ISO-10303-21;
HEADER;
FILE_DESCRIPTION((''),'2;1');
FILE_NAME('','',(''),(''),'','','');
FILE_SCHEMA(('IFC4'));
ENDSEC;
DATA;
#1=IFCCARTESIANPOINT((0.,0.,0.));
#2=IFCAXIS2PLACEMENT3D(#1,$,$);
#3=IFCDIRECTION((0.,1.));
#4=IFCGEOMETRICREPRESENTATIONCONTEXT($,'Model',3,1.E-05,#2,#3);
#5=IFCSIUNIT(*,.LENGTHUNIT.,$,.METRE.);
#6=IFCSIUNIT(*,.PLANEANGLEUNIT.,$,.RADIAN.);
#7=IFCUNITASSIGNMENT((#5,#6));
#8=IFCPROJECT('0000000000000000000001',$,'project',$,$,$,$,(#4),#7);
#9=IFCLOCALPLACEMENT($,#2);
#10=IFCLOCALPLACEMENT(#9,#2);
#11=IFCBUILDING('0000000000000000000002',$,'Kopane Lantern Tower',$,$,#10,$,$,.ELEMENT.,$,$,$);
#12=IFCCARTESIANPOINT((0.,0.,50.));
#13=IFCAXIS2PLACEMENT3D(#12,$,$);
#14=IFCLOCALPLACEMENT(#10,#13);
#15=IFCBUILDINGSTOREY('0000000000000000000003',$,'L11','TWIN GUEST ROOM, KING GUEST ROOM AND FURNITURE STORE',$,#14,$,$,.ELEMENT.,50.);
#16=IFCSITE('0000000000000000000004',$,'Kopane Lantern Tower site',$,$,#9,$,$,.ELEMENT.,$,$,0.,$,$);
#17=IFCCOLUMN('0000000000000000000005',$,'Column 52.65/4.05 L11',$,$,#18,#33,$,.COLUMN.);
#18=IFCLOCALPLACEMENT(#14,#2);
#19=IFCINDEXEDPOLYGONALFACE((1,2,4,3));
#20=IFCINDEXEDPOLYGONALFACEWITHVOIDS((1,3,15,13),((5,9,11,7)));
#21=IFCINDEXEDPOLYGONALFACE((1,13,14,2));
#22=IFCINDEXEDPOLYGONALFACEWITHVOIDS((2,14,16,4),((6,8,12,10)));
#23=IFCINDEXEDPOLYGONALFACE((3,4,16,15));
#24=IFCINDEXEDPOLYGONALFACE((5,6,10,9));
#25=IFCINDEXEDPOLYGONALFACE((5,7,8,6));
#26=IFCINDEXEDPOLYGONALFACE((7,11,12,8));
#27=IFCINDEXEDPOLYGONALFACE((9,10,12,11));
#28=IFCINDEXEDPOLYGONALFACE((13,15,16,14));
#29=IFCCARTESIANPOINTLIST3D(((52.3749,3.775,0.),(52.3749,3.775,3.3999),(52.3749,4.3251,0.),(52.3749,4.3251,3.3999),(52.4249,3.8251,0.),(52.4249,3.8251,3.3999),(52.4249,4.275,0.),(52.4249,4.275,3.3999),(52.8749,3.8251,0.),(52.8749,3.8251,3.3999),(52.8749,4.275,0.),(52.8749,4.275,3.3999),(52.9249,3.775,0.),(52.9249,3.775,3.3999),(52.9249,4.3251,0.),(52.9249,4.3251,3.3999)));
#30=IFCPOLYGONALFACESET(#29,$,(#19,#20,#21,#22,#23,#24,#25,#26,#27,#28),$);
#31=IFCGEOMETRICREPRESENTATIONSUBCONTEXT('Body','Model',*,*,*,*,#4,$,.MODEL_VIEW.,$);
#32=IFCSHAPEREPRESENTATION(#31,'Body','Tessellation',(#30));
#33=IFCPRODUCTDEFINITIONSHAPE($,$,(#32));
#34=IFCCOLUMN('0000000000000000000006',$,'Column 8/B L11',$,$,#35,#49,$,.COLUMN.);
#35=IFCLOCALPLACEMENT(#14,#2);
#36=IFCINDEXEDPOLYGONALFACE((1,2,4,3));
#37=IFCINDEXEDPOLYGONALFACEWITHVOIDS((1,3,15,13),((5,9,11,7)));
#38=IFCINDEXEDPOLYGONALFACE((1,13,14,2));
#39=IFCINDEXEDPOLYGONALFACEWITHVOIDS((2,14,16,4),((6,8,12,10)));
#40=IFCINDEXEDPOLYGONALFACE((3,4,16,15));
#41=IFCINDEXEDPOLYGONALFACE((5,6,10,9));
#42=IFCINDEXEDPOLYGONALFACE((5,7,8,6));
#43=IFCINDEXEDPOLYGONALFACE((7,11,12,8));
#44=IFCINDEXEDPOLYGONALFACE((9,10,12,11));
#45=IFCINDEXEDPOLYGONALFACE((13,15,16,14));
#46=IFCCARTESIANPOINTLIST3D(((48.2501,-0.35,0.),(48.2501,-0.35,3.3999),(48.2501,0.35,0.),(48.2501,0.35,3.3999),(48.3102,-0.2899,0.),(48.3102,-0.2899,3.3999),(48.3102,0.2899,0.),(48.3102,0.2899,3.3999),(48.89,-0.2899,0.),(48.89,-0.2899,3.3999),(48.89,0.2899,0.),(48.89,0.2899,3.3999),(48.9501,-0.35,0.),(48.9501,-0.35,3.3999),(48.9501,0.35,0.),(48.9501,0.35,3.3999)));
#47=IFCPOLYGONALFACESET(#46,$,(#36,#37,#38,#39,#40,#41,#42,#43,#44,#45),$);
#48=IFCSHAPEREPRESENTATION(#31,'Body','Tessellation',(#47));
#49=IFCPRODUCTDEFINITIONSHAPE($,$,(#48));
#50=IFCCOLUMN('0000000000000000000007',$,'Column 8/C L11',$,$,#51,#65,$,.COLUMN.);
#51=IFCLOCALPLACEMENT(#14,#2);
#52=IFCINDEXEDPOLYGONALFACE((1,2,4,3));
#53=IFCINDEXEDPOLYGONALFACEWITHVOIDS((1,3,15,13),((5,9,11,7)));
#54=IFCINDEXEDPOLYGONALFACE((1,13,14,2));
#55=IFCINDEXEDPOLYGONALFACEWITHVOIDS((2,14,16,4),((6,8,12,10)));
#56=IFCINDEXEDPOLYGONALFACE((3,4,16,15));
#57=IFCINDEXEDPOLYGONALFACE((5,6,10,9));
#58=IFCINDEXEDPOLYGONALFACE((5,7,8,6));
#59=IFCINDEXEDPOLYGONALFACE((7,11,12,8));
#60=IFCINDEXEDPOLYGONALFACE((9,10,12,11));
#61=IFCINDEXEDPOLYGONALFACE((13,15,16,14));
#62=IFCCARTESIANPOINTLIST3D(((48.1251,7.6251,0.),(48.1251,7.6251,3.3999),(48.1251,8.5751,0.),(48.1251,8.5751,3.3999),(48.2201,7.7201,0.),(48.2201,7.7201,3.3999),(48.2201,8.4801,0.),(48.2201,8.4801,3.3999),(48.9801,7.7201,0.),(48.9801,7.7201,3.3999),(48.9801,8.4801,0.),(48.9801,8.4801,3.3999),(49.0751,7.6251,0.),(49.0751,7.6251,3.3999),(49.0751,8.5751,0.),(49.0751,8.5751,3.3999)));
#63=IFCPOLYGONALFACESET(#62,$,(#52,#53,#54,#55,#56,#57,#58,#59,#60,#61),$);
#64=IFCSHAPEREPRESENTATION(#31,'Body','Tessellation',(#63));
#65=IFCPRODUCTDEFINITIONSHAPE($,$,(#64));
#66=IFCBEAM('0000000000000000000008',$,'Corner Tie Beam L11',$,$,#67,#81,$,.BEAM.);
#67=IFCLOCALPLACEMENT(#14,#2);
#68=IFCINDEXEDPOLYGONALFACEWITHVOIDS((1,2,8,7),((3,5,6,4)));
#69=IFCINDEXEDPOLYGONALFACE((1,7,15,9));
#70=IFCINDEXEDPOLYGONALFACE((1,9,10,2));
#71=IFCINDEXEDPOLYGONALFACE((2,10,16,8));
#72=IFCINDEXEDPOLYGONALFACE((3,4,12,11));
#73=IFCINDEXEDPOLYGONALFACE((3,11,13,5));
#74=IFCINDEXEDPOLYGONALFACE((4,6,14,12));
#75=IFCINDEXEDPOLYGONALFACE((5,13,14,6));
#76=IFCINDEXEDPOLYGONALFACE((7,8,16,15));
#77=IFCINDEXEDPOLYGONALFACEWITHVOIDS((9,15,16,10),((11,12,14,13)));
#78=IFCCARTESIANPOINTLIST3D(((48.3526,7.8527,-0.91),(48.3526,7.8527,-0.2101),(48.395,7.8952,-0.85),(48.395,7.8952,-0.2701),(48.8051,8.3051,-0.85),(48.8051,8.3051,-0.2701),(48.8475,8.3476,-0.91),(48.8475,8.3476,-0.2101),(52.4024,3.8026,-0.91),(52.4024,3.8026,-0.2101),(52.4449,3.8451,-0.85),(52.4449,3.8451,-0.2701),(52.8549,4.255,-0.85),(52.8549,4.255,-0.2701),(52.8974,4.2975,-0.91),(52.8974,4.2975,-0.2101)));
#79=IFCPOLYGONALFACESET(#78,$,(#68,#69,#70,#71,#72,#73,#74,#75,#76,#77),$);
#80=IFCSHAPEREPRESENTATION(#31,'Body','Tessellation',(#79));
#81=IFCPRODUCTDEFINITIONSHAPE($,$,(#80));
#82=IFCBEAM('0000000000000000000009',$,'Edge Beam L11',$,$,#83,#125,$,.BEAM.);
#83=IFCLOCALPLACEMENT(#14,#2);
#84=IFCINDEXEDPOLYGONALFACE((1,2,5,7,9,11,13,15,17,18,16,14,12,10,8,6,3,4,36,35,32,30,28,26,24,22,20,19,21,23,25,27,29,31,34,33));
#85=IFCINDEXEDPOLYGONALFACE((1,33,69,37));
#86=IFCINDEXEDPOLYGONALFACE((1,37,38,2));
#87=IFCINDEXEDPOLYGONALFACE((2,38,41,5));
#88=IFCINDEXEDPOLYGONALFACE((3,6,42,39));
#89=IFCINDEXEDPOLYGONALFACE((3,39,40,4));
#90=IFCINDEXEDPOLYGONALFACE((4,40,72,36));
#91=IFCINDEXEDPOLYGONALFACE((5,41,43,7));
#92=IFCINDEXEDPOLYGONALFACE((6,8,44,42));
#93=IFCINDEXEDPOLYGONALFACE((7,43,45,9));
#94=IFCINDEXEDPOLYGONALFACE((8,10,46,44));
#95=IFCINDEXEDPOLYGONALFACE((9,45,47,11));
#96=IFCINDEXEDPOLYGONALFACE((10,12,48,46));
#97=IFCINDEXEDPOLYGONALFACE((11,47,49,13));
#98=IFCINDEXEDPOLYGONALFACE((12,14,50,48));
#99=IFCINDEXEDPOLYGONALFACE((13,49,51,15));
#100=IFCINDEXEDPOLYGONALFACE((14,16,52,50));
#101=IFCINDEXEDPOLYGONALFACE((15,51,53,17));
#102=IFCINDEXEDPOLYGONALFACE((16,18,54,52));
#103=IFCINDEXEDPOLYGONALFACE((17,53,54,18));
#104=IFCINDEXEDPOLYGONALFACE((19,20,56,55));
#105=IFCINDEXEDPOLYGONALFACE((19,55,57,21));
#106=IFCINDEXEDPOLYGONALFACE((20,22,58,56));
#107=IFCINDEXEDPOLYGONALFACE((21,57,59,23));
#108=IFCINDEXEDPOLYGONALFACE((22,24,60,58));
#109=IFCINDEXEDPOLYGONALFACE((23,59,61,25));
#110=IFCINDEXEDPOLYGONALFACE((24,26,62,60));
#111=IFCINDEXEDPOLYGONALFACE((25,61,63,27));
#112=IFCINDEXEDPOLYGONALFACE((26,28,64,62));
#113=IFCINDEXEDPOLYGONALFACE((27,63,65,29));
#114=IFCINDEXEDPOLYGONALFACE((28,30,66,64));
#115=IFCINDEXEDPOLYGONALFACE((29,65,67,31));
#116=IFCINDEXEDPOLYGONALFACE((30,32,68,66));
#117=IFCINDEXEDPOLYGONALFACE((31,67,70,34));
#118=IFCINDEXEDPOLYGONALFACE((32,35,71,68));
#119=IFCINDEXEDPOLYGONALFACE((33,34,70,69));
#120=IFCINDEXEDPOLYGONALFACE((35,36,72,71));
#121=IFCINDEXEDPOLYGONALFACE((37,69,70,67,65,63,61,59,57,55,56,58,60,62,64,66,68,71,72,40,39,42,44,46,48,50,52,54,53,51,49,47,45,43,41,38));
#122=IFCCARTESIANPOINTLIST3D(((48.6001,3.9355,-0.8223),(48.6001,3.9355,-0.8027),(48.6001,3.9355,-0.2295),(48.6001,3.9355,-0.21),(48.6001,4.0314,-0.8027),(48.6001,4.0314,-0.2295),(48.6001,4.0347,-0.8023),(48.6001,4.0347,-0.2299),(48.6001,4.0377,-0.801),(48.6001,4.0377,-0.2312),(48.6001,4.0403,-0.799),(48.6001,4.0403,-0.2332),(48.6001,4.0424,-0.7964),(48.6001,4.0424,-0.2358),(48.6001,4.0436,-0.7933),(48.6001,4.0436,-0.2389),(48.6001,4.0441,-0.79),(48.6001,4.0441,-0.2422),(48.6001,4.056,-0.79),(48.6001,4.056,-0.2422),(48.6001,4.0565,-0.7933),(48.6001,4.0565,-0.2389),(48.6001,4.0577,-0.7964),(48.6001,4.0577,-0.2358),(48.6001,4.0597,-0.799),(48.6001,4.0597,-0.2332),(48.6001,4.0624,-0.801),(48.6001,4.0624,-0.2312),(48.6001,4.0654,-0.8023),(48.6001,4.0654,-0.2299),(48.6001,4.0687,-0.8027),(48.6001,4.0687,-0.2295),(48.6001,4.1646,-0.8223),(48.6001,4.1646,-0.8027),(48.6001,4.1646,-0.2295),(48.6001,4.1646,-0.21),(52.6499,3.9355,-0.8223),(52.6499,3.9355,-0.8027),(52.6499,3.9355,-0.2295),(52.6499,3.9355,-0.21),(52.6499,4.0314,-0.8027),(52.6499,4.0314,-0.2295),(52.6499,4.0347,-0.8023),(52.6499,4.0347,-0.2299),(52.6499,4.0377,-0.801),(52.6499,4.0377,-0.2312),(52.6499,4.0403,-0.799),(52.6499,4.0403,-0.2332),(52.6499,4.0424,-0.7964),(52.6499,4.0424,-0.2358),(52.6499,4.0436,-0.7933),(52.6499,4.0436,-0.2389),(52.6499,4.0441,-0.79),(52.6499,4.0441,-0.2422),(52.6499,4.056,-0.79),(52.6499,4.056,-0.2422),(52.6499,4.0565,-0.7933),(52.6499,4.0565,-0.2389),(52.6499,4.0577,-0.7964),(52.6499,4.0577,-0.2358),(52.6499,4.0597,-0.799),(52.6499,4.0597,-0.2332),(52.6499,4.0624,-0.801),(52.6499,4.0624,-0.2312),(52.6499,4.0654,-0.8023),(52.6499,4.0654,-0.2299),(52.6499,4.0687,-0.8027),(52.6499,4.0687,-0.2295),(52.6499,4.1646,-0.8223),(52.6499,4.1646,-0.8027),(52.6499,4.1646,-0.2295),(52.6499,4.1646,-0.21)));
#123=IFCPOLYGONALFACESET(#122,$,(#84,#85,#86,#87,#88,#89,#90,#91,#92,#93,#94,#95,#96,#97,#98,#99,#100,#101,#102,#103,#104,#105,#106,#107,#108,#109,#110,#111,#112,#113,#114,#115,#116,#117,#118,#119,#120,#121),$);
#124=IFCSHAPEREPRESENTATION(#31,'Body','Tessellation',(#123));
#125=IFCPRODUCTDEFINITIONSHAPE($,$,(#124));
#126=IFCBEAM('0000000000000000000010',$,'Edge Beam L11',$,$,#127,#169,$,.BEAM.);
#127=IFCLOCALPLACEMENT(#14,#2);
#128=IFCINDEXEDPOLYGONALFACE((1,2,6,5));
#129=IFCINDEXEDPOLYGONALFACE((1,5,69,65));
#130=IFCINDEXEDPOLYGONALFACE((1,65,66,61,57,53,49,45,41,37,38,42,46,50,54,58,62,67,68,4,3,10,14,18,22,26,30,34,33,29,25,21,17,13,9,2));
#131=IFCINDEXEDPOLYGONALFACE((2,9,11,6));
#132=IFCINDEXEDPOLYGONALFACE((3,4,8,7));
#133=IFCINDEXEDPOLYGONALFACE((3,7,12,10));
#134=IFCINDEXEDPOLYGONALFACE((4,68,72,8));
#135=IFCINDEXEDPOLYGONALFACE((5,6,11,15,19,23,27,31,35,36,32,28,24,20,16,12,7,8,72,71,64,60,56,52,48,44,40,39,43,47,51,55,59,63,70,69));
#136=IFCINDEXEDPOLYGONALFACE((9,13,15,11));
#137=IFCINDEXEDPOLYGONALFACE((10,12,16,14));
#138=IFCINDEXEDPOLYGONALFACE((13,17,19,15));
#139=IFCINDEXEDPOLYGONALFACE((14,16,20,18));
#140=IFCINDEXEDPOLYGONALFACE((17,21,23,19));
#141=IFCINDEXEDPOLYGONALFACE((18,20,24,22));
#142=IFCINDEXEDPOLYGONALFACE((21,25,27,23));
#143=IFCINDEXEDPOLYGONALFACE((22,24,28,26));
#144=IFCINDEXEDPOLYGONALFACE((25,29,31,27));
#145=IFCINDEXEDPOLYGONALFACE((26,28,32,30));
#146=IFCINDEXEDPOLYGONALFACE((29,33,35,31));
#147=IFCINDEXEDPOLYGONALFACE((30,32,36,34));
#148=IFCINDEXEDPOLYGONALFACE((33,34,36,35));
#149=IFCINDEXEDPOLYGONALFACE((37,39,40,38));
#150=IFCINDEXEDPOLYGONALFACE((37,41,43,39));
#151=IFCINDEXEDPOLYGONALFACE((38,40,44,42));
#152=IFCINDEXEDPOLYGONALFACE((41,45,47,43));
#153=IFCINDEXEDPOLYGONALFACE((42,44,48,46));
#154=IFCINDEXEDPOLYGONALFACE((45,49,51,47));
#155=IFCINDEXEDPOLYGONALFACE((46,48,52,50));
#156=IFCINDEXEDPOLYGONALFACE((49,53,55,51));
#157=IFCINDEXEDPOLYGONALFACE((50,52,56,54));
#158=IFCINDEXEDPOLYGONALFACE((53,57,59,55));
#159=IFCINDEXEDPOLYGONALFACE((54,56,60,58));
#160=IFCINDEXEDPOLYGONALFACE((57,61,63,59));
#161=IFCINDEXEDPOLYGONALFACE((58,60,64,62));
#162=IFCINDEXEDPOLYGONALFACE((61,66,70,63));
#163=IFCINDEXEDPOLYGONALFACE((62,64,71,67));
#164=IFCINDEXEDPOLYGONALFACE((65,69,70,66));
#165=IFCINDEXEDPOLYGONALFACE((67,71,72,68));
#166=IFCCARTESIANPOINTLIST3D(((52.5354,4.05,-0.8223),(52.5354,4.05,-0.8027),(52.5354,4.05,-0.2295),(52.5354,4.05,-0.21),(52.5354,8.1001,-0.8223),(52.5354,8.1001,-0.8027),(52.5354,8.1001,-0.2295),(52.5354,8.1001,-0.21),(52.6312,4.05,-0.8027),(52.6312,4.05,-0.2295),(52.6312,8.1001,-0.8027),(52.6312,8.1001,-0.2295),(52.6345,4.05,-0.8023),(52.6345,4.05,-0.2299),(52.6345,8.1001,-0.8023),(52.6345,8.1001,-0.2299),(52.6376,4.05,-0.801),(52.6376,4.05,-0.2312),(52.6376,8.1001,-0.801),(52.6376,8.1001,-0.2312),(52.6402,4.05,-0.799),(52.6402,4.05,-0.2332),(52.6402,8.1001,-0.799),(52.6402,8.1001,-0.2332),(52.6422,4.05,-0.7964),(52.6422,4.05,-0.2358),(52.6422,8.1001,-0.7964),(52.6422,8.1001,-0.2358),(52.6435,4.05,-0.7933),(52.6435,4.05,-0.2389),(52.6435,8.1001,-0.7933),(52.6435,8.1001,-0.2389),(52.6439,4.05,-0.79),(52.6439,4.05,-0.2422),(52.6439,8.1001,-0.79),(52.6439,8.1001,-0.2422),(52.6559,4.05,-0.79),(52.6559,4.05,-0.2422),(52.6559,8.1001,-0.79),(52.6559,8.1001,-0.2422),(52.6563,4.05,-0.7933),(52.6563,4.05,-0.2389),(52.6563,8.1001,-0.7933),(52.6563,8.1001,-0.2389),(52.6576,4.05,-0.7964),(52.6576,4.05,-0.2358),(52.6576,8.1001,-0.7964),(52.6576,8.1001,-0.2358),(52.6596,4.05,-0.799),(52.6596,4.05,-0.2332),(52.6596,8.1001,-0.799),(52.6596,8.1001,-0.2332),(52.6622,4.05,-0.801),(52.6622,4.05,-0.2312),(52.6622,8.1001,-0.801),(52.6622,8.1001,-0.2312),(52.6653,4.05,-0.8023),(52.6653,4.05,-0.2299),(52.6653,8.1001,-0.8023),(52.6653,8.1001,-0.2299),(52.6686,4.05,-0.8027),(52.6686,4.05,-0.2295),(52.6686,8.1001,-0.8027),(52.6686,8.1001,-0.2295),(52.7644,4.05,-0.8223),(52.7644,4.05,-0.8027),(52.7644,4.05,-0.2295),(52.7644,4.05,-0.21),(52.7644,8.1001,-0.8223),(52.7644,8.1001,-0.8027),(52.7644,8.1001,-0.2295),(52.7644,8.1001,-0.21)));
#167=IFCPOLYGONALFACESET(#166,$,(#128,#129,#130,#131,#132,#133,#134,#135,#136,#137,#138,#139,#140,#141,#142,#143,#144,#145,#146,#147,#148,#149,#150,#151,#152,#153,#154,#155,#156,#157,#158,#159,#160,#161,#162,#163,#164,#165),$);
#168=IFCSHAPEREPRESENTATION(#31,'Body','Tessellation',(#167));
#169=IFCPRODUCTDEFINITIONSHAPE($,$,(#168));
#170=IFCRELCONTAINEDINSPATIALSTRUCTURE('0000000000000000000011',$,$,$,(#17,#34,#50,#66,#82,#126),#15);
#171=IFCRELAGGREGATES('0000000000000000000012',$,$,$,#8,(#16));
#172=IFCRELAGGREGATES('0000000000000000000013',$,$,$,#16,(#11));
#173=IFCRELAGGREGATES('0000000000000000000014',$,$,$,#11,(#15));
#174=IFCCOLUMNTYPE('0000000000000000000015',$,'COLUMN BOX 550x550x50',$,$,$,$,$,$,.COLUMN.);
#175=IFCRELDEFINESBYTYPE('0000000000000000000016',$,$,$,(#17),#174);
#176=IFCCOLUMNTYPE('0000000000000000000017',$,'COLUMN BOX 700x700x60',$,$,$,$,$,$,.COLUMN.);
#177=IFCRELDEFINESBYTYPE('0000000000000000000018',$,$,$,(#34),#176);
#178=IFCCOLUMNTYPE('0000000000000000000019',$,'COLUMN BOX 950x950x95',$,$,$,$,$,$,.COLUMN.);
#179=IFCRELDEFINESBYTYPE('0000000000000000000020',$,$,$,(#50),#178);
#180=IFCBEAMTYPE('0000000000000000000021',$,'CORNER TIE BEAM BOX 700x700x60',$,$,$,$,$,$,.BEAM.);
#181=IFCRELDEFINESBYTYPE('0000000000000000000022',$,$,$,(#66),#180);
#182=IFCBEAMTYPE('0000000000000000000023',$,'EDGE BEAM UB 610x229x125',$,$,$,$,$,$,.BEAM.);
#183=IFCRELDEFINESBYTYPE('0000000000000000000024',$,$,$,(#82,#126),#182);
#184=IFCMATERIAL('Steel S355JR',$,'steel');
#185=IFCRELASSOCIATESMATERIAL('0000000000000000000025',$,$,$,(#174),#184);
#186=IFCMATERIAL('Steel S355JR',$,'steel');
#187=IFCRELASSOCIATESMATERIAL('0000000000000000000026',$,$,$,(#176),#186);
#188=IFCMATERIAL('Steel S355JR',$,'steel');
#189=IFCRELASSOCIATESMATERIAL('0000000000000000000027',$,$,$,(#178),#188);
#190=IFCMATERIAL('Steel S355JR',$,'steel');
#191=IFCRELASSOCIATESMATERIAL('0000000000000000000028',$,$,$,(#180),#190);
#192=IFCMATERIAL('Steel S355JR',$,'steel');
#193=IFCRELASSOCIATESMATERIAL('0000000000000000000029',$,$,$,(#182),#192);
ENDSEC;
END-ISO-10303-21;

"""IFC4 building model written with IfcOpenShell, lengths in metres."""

from ifc_helpers import new_model, si_unit, direction, frame, origin, origin_2d, place, context, subcontext, project, spatial, hollow_rectangle, i_section, extrude, material, material_profile, profile_set, type_object, element, save


model = new_model("IFC4")

# Units and contexts
model_context = context("Model", 3, precision=1e-05, world=origin(), true_north=direction((0.0, 1.0)))
body_context = subcontext(model_context, "Body", "Model", "MODEL_VIEW")
ifc_project = project(units=[si_unit("LENGTHUNIT", "METRE"), si_unit("PLANEANGLEUNIT", "RADIAN")], contexts=[model_context])

# Site, building, storey
site_placement = place(None, origin())
site = spatial("IfcSite", under=ifc_project, at=site_placement, Name="Kopane Lantern Tower site", CompositionType="ELEMENT", RefElevation=0.0)
building_placement = place(site_placement, origin())
building = spatial("IfcBuilding", under=site, at=building_placement, Name="Kopane Lantern Tower", CompositionType="ELEMENT")
storey_placement = place(building_placement, frame((0.0, 0.0, 50.0)))
storey = spatial("IfcBuildingStorey", under=building, at=storey_placement, Name="L11", Description="TWIN GUEST ROOM, KING GUEST ROOM AND FURNITURE STORE", CompositionType="ELEMENT", Elevation=50.0)

# Columns
ifc_material_1 = material(Name="Steel S355JR", Category="steel")
ifc_material_profile_1 = material_profile(ifc_material_1, hollow_rectangle(XDim=0.55, YDim=0.55, WallThickness=0.05, at=origin_2d()), Name="BOX 550x550x50")
ifc_profile_set_1 = profile_set([ifc_material_profile_1], Name="Steel S355JR")
column_type_1 = type_object("IfcColumnType", Name="COLUMN BOX 550x550x50", PredefinedType="COLUMN", material=ifc_profile_set_1)
column_1_placement = place(storey_placement, frame((52.6499, 4.05, 0.0), z_axis=(0.0, 0.0, 1.0), x_axis=(1.0, 0.0, 0.0)))
element("IfcColumn", 1, at=column_1_placement, inside=storey, type_object=column_type_1, Name="Column 52.65/4.05 L11", PredefinedType="COLUMN", context=body_context, shape_type="SweptSolid", body=[
    extrude(hollow_rectangle(XDim=0.55, YDim=0.55, WallThickness=0.05, at=origin_2d()), origin(), (0.0, 0.0, 1.0), 3.3999),
])
ifc_material_2 = material(Name="Steel S355JR", Category="steel")
ifc_material_profile_2 = material_profile(ifc_material_2, hollow_rectangle(XDim=0.7, YDim=0.7, WallThickness=0.0601, at=origin_2d()), Name="BOX 700x700x60")
ifc_profile_set_2 = profile_set([ifc_material_profile_2], Name="Steel S355JR")
column_type_2 = type_object("IfcColumnType", Name="COLUMN BOX 700x700x60", PredefinedType="COLUMN", material=ifc_profile_set_2)
column_2_placement = place(storey_placement, frame((48.6001, 0.0, 0.0), z_axis=(0.0, 0.0, 1.0), x_axis=(1.0, 0.0, 0.0)))
element("IfcColumn", 2, at=column_2_placement, inside=storey, type_object=column_type_2, Name="Column 8/B L11", PredefinedType="COLUMN", context=body_context, shape_type="SweptSolid", body=[
    extrude(hollow_rectangle(XDim=0.7, YDim=0.7, WallThickness=0.0601, at=origin_2d()), origin(), (0.0, 0.0, 1.0), 3.3999),
])
ifc_material_3 = material(Name="Steel S355JR", Category="steel")
ifc_material_profile_3 = material_profile(ifc_material_3, hollow_rectangle(XDim=0.95, YDim=0.95, WallThickness=0.095, at=origin_2d()), Name="BOX 950x950x95")
ifc_profile_set_3 = profile_set([ifc_material_profile_3], Name="Steel S355JR")
column_type_3 = type_object("IfcColumnType", Name="COLUMN BOX 950x950x95", PredefinedType="COLUMN", material=ifc_profile_set_3)
column_3_placement = place(storey_placement, frame((48.6001, 8.1001, 0.0), z_axis=(0.0, 0.0, 1.0), x_axis=(1.0, 0.0, 0.0)))
element("IfcColumn", 3, at=column_3_placement, inside=storey, type_object=column_type_3, Name="Column 8/C L11", PredefinedType="COLUMN", context=body_context, shape_type="SweptSolid", body=[
    extrude(hollow_rectangle(XDim=0.95, YDim=0.95, WallThickness=0.095, at=origin_2d()), origin(), (0.0, 0.0, 1.0), 3.3999),
])

# Beams
ifc_material_4 = material(Name="Steel S355JR", Category="steel")
ifc_material_profile_4 = material_profile(ifc_material_4, hollow_rectangle(XDim=0.7, YDim=0.7, WallThickness=0.0601, at=origin_2d()), Name="BOX 700x700x60")
ifc_profile_set_4 = profile_set([ifc_material_profile_4], Name="Steel S355JR")
beam_type_1 = type_object("IfcBeamType", Name="CORNER TIE BEAM BOX 700x700x60", PredefinedType="BEAM", material=ifc_profile_set_4)
beam_1_placement = place(storey_placement, frame((52.6499, 4.05, -0.5601), z_axis=(-0.707085, 0.707128, 0.0), x_axis=(-0.707128, -0.707085, 0.0)))
element("IfcBeam", 4, at=beam_1_placement, inside=storey, type_object=beam_type_1, Name="Corner Tie Beam L11", PredefinedType="BEAM", context=body_context, shape_type="SweptSolid", body=[
    extrude(hollow_rectangle(XDim=0.7, YDim=0.7, WallThickness=0.0601, at=origin_2d()), origin(), (0.0, 0.0, 1.0), 5.7275),
])
ifc_material_5 = material(Name="Steel S355JR", Category="steel")
ifc_material_profile_5 = material_profile(ifc_material_5, i_section(OverallWidth=0.229, OverallDepth=0.6123, WebThickness=0.012, FlangeThickness=0.0195, FilletRadius=0.0127, at=origin_2d()), Name="UB 610x229x125")
ifc_profile_set_5 = profile_set([ifc_material_profile_5], Name="Steel S355JR")
beam_type_2 = type_object("IfcBeamType", Name="EDGE BEAM UB 610x229x125", PredefinedType="BEAM", material=ifc_profile_set_5)
beam_2_placement = place(storey_placement, frame((52.6499, 4.05, -0.5161), z_axis=(-1.0, 0.0, 0.0), x_axis=(0.0, -1.0, 0.0)))
element("IfcBeam", 5, at=beam_2_placement, inside=storey, type_object=beam_type_2, Name="Edge Beam L11", PredefinedType="BEAM", context=body_context, shape_type="SweptSolid", body=[
    extrude(i_section(OverallWidth=0.229, OverallDepth=0.6123, WebThickness=0.012, FlangeThickness=0.0195, FilletRadius=0.0127, at=origin_2d()), origin(), (0.0, 0.0, 1.0), 4.0498),
])
beam_3_placement = place(storey_placement, frame((52.6499, 4.05, -0.5161), z_axis=(0.0, 1.0, 0.0), x_axis=(-1.0, 0.0, 0.0)))
element("IfcBeam", 6, at=beam_3_placement, inside=storey, type_object=beam_type_2, Name="Edge Beam L11", PredefinedType="BEAM", context=body_context, shape_type="SweptSolid", body=[
    extrude(i_section(OverallWidth=0.229, OverallDepth=0.6123, WebThickness=0.012, FlangeThickness=0.0195, FilletRadius=0.0127, at=origin_2d()), origin(), (0.0, 0.0, 1.0), 4.05),
])

save(model, "model.ifc")
